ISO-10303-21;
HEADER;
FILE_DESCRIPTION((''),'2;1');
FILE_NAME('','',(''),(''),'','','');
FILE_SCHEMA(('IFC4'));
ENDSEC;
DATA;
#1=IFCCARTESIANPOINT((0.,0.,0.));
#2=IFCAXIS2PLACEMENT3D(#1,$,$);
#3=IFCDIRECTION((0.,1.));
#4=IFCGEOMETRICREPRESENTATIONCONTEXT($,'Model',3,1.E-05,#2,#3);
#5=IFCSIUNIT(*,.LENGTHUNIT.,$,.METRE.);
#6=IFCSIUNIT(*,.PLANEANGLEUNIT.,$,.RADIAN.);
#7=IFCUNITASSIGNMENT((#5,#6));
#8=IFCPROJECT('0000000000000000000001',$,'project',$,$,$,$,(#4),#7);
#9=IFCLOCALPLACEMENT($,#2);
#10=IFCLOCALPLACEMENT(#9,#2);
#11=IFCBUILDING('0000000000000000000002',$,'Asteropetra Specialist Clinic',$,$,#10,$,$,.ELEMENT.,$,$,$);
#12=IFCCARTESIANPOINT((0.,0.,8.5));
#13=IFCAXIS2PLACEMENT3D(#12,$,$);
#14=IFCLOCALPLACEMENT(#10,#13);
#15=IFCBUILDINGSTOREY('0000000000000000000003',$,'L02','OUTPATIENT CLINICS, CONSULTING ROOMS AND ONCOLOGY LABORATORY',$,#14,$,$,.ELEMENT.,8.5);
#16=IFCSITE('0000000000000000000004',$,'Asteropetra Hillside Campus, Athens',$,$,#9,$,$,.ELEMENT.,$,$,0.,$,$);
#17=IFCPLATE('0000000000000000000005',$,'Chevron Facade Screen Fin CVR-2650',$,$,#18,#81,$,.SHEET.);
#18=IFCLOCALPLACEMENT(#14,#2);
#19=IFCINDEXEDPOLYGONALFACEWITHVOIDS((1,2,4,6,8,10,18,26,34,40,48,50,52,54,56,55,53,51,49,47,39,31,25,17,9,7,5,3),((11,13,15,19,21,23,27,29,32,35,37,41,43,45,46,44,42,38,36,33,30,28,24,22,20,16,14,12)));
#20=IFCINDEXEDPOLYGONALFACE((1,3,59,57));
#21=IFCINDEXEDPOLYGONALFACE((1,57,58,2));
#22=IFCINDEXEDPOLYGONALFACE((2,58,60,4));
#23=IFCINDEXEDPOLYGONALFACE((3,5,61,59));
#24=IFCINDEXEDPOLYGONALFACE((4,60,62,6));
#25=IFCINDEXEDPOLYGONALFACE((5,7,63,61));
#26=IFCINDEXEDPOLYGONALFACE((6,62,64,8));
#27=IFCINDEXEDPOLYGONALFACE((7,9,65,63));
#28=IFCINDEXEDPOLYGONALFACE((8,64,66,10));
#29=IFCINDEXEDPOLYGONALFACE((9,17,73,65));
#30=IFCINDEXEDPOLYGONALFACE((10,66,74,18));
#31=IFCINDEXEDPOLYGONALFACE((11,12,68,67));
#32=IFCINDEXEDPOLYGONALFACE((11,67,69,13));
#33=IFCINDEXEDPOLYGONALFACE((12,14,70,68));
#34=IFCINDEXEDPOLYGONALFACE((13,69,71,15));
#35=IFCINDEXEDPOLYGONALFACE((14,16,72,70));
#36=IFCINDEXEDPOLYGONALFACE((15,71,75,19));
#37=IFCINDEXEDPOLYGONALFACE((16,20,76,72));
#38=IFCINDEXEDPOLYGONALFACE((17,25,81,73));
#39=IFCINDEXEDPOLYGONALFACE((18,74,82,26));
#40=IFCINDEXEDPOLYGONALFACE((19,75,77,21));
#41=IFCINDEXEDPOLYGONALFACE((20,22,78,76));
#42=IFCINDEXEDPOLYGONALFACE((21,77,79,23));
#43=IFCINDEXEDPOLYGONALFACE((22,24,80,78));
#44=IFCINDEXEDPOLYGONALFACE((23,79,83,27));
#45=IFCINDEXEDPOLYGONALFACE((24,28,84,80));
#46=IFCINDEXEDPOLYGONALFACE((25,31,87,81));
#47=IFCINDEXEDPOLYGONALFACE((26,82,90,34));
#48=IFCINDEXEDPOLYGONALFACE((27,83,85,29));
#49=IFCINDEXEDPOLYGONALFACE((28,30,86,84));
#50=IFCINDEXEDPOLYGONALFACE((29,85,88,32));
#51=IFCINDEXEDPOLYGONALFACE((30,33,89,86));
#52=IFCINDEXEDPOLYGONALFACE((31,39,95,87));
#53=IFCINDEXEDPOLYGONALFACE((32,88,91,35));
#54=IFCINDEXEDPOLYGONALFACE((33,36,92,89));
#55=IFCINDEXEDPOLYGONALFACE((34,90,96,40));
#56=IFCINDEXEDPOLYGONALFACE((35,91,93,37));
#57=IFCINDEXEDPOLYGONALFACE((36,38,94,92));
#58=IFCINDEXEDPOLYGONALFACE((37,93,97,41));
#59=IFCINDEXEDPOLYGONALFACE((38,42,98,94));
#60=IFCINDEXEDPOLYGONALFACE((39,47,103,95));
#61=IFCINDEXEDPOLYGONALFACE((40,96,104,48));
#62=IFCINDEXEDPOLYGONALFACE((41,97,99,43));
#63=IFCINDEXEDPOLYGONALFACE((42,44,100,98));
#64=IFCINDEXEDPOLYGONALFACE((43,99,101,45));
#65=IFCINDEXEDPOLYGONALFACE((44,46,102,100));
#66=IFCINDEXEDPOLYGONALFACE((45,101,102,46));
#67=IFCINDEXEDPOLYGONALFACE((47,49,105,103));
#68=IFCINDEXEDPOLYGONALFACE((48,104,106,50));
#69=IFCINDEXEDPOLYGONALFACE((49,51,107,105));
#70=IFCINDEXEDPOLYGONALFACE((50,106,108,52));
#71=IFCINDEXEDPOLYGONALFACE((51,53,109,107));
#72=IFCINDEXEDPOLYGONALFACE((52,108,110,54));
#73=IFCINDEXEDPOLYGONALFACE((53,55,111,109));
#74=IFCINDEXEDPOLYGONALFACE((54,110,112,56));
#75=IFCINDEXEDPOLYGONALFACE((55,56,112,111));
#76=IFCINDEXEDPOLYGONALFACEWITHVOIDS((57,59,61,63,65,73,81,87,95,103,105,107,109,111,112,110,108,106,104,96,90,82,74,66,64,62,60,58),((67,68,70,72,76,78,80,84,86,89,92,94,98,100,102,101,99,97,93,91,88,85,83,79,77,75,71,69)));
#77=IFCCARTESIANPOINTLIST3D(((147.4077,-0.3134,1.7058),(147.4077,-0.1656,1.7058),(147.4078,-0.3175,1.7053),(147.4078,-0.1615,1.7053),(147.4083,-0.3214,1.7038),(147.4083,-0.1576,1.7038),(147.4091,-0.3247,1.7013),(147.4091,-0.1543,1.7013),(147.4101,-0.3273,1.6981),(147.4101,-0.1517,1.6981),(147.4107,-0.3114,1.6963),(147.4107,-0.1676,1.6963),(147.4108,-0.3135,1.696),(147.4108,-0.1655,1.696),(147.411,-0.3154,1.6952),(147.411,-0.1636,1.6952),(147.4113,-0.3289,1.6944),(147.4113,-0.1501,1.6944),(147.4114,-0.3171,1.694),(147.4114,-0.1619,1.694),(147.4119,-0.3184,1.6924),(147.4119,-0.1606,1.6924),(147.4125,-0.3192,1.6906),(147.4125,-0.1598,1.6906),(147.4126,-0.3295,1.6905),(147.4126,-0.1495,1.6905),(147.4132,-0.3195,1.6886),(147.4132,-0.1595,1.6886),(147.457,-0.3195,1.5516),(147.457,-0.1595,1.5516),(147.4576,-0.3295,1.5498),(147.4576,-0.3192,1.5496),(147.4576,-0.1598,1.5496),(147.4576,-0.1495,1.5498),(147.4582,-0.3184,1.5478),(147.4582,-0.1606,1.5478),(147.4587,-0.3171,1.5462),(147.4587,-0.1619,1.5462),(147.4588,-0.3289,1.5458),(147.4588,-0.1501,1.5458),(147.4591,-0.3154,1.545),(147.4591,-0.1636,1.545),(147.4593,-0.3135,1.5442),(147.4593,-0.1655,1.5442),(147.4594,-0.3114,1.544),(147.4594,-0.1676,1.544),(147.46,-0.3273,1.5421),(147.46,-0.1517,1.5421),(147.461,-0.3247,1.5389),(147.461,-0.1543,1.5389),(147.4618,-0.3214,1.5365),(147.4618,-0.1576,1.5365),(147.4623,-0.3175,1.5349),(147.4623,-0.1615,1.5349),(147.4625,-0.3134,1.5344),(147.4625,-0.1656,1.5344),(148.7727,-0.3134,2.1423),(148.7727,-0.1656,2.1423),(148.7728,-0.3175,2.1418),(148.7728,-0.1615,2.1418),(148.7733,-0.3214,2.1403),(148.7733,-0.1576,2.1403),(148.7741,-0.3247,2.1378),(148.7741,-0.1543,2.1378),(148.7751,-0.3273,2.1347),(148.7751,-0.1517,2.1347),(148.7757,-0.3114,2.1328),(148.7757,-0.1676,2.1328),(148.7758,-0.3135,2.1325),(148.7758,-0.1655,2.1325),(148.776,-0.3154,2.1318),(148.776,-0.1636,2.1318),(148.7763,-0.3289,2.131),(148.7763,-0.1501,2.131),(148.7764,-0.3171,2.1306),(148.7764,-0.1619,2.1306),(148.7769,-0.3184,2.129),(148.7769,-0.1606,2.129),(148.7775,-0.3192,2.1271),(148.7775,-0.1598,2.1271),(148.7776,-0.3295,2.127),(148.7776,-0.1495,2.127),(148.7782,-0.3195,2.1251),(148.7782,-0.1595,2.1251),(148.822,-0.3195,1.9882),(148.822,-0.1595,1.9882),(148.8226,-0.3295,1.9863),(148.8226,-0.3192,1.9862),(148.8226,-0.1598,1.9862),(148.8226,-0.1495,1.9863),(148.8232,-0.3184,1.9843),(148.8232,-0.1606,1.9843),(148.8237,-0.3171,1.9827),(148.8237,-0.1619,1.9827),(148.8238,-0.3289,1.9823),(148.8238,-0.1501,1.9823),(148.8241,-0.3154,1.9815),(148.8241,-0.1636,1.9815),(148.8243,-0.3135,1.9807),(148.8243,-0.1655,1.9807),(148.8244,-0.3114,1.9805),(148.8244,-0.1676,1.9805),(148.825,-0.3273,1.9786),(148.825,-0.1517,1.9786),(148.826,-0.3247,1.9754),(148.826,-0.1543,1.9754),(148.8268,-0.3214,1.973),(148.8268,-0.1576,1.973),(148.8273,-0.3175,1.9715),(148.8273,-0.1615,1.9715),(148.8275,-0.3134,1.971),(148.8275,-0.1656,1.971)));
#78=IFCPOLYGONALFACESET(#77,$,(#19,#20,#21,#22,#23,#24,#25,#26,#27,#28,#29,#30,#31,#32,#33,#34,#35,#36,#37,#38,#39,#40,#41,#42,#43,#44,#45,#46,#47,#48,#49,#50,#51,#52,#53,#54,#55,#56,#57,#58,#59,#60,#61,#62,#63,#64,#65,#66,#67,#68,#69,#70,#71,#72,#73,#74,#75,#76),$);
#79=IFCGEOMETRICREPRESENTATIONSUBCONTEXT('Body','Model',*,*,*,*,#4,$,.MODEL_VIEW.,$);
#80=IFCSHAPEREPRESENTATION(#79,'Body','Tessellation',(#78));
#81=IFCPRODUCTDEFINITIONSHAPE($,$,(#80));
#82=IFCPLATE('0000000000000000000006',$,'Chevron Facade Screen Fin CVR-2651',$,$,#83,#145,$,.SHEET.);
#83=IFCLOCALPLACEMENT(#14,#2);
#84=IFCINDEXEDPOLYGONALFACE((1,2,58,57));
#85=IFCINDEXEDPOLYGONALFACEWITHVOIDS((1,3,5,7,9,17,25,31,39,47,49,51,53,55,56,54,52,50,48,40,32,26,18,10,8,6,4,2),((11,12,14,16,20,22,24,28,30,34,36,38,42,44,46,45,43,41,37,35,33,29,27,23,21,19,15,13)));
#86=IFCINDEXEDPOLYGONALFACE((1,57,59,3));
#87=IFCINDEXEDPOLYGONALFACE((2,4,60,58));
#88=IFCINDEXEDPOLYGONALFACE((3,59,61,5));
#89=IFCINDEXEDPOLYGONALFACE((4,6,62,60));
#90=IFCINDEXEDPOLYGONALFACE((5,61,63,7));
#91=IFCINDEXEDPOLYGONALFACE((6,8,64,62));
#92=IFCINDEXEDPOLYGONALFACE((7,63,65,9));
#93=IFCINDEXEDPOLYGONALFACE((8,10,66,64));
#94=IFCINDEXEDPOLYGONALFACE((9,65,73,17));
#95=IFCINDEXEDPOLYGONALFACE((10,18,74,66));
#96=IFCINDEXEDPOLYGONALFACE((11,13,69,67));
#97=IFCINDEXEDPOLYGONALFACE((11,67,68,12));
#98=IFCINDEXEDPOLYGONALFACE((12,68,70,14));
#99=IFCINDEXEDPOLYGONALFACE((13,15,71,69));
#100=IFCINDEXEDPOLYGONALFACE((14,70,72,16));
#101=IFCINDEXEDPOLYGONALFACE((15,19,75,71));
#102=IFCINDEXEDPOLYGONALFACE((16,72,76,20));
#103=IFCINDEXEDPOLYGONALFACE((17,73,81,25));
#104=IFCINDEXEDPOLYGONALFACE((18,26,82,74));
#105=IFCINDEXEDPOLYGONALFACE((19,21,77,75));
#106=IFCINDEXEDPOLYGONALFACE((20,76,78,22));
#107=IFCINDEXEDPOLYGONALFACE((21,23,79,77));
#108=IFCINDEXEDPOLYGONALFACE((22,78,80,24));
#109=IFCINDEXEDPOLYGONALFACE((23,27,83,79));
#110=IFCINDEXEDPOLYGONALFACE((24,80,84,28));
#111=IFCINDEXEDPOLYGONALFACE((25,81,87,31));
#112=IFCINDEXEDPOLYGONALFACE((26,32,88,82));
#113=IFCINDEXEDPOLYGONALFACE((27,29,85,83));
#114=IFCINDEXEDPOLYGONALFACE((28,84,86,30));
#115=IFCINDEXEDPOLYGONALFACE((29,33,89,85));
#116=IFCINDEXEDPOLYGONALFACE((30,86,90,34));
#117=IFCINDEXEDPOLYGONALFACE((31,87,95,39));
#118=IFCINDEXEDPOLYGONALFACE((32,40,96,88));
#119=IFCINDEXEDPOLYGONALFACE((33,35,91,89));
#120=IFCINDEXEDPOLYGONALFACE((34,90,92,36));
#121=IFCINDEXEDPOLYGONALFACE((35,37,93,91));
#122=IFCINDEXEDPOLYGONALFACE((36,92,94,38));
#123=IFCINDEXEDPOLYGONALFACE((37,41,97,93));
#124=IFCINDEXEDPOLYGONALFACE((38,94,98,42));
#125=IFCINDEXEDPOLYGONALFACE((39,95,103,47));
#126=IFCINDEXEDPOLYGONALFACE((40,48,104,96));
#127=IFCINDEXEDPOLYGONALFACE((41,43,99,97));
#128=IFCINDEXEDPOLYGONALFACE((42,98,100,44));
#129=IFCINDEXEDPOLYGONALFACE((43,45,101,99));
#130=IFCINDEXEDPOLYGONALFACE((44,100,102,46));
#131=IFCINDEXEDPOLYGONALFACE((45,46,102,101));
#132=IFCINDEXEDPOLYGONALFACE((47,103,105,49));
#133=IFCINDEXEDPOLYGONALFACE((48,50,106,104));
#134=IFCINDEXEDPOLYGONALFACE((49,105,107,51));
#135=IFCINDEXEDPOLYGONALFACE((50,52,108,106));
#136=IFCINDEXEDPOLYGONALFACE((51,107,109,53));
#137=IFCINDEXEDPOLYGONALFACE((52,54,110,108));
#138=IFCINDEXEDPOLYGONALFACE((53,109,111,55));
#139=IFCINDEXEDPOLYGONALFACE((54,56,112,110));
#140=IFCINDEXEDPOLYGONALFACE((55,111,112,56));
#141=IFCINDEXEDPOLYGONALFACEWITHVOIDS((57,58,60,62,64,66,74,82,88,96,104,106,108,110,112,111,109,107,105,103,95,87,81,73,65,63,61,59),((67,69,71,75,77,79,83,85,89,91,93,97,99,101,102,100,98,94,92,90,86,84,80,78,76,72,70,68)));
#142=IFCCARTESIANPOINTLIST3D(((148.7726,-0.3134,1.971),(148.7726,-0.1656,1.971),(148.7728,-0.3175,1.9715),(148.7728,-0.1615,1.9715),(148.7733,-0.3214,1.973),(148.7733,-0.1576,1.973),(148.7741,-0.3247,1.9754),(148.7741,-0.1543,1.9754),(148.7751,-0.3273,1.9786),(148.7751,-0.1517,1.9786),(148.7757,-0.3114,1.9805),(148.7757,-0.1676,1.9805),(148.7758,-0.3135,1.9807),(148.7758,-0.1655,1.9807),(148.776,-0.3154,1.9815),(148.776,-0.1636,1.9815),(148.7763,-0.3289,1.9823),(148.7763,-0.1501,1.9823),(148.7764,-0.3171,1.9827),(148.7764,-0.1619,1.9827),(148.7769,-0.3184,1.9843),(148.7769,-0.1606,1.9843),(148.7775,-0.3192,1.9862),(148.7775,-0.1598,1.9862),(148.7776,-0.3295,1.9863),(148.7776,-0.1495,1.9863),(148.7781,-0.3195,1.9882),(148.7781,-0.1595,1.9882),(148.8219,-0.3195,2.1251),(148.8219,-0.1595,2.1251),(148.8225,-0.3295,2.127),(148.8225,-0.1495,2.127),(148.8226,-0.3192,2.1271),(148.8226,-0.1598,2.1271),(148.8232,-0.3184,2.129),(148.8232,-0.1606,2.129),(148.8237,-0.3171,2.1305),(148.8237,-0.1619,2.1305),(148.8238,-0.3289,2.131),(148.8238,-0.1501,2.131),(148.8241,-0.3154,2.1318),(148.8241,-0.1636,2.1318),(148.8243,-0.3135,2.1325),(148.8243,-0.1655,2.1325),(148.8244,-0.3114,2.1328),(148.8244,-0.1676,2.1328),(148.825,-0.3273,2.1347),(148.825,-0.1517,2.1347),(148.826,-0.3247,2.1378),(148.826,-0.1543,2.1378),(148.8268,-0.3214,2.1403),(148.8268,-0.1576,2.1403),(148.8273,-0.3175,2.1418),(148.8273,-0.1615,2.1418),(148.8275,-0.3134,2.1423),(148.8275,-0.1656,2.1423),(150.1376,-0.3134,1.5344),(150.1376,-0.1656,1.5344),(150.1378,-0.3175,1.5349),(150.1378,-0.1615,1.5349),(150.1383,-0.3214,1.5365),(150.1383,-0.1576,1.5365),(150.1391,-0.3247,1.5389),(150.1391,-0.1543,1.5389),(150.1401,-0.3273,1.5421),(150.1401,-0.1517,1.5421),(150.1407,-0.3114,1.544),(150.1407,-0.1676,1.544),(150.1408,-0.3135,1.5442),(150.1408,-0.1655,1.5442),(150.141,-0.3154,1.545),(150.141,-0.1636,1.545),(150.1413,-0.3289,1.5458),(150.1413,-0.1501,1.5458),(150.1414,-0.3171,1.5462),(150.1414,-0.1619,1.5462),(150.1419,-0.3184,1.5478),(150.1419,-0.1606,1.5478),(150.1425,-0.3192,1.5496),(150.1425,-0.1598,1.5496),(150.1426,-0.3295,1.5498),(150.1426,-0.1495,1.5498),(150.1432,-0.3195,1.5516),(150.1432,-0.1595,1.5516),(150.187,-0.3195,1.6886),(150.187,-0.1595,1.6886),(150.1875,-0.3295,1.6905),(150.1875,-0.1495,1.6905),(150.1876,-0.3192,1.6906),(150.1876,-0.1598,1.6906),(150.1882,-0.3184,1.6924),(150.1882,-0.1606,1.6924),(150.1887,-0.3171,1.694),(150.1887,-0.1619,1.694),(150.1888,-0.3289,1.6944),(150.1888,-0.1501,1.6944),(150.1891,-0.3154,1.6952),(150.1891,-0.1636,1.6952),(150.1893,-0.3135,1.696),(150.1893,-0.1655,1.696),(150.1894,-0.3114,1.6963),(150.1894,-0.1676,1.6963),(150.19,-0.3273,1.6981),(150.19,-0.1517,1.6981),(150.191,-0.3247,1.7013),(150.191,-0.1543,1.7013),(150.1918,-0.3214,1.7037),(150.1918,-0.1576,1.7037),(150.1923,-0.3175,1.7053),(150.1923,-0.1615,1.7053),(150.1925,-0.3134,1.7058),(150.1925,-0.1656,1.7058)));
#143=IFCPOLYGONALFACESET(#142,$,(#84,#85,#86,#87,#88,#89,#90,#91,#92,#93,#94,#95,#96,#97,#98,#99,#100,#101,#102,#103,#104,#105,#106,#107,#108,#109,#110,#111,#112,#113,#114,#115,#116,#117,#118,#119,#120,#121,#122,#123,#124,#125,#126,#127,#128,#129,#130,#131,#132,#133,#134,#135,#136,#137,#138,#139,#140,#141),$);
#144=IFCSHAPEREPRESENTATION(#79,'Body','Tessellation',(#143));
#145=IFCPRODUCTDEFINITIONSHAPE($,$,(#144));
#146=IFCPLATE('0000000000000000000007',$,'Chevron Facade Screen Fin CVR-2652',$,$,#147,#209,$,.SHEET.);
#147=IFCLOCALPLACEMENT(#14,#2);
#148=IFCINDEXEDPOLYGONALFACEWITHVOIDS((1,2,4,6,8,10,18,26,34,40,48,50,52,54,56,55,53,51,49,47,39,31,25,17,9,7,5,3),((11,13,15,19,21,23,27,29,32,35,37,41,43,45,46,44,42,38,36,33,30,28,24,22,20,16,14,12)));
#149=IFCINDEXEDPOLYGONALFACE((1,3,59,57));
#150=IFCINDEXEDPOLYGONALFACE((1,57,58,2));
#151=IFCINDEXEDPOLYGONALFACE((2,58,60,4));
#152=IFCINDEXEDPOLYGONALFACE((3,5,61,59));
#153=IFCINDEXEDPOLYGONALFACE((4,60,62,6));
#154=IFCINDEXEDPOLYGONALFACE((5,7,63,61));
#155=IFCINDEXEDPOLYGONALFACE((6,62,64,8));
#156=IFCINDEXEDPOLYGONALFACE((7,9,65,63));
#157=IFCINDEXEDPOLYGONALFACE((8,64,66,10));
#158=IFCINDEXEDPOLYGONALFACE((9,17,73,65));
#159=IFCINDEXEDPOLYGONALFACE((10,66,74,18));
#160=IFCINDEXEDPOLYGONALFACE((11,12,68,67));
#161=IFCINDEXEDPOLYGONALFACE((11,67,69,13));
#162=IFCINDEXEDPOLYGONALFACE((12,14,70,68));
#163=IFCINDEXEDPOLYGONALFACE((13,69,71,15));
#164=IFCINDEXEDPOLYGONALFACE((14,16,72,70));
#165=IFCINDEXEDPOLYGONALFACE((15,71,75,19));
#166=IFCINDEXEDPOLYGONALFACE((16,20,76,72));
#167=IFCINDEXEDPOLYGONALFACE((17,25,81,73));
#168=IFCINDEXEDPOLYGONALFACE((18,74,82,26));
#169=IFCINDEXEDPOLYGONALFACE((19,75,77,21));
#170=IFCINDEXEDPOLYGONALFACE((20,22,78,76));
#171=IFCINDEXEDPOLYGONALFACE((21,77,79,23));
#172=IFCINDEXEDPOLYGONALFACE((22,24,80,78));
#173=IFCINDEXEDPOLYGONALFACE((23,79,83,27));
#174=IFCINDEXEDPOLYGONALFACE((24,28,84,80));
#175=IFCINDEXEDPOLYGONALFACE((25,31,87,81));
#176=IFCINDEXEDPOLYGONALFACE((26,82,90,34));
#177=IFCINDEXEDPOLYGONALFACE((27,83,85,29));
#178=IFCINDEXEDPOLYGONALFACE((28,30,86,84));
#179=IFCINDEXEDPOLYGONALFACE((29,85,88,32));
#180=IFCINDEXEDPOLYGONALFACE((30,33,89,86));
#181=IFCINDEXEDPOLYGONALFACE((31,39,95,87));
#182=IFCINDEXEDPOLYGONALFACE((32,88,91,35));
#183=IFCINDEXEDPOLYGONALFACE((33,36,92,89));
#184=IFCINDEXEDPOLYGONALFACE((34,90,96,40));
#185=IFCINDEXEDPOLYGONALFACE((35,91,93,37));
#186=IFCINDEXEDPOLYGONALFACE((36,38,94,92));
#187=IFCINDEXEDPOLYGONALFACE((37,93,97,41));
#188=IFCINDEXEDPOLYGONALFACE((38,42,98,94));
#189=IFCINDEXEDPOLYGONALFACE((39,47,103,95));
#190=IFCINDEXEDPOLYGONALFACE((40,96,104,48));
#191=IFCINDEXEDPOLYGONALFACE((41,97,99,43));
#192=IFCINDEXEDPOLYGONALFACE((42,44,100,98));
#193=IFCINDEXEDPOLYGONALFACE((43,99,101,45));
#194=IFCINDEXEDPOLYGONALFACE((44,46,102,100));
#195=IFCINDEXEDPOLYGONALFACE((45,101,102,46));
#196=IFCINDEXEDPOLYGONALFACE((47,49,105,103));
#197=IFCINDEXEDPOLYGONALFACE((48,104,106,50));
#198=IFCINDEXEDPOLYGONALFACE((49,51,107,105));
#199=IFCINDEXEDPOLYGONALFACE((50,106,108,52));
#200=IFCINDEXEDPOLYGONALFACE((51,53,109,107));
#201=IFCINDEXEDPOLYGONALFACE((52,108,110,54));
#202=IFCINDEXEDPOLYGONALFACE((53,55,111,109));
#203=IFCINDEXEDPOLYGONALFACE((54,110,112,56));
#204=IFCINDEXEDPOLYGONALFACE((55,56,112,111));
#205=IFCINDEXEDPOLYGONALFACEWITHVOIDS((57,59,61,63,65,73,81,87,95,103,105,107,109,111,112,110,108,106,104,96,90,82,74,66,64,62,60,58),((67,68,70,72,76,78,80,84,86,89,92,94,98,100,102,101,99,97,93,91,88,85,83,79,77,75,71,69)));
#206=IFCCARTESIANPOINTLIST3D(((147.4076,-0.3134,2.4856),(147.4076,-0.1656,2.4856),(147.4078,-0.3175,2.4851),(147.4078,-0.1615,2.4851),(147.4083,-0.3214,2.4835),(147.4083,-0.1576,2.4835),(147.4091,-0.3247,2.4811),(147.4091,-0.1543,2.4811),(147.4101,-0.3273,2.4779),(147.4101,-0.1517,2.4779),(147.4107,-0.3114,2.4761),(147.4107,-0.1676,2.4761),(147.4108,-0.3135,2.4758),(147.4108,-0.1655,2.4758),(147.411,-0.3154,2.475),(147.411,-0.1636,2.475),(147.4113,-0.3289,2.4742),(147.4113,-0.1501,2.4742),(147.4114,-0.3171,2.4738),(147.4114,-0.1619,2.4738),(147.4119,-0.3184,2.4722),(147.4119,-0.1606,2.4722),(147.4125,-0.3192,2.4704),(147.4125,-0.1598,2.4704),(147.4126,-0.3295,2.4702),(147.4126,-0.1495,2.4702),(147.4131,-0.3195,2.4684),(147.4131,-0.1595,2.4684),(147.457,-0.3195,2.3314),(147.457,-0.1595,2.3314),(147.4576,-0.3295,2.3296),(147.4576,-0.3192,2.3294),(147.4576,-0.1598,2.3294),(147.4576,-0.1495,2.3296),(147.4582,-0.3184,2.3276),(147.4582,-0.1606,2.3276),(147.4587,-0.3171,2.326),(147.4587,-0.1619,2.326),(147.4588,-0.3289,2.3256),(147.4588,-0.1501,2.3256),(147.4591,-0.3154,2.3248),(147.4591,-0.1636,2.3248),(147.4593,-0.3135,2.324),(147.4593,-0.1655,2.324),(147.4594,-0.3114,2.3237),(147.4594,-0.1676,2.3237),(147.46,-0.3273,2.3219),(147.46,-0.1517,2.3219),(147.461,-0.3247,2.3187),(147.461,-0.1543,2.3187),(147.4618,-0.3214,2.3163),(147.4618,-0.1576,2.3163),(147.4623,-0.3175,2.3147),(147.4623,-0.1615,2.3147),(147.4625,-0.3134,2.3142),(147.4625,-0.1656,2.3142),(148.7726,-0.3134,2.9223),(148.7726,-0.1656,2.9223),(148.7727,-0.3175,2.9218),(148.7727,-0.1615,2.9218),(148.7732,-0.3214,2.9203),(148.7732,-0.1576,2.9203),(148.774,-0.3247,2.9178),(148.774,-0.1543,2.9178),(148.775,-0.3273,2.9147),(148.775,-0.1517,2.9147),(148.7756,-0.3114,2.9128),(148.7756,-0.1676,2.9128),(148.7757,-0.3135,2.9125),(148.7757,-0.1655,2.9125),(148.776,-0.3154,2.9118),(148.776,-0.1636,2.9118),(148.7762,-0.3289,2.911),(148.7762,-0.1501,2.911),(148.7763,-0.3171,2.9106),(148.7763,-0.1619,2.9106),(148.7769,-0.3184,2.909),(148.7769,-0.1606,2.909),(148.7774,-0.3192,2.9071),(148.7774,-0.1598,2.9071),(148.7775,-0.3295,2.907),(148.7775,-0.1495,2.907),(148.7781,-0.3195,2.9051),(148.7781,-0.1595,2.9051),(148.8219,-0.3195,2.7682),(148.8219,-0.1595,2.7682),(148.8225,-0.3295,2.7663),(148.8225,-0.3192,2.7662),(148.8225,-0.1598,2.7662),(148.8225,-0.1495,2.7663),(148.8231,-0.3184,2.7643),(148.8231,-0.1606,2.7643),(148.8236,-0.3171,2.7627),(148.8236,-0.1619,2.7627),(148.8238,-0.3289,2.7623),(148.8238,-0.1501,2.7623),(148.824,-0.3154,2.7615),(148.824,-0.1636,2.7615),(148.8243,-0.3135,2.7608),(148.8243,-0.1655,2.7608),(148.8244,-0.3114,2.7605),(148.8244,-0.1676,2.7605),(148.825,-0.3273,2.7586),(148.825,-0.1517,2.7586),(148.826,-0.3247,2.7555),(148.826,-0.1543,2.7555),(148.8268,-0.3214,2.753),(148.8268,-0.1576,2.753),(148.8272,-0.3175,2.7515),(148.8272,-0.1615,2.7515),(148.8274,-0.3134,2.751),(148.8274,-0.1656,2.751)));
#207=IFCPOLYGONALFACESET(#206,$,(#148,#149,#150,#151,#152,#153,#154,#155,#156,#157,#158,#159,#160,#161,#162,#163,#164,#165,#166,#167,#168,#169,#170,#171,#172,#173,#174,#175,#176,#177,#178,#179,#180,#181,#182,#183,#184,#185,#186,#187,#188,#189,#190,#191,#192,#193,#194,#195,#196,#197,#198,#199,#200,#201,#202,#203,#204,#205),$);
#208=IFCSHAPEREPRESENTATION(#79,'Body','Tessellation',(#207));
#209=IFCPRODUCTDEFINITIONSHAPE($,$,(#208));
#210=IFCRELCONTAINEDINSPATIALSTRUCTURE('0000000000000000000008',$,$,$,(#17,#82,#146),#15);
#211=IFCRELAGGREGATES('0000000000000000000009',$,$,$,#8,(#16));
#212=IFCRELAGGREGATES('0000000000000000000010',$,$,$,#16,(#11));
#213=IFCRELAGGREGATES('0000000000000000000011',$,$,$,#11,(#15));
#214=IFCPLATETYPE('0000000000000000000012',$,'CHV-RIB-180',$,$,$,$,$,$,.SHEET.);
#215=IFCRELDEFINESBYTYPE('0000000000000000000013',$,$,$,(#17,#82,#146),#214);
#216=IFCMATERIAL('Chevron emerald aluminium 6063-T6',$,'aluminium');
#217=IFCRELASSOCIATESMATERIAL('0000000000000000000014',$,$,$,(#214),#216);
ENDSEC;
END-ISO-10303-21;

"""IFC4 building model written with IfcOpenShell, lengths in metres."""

from ifc_helpers import new_model, si_unit, direction, frame, origin, origin_2d, place, context, subcontext, project, spatial, hollow_rectangle, extrude, material, material_profile, profile_set, type_object, element, save


model = new_model("IFC4")

# Units and contexts
model_context = context("Model", 3, precision=1e-05, world=origin(), true_north=direction((0.0, 1.0)))
body_context = subcontext(model_context, "Body", "Model", "MODEL_VIEW")
ifc_project = project(units=[si_unit("LENGTHUNIT", "METRE"), si_unit("PLANEANGLEUNIT", "RADIAN")], contexts=[model_context])

# Site, building, storey
site_placement = place(None, origin())
site = spatial("IfcSite", under=ifc_project, at=site_placement, Name="Asteropetra Hillside Campus, Athens", CompositionType="ELEMENT", RefElevation=0.0)
building_placement = place(site_placement, origin())
building = spatial("IfcBuilding", under=site, at=building_placement, Name="Asteropetra Specialist Clinic", CompositionType="ELEMENT")
storey_placement = place(building_placement, frame((0.0, 0.0, 8.5)))
storey = spatial("IfcBuildingStorey", under=building, at=storey_placement, Name="L02", Description="OUTPATIENT CLINICS, CONSULTING ROOMS AND ONCOLOGY LABORATORY", CompositionType="ELEMENT", Elevation=8.5)

# Plates
ifc_material_1 = material(Name="Chevron emerald aluminium 6063-T6", Category="aluminium")
ifc_material_profile_1 = material_profile(ifc_material_1, hollow_rectangle(XDim=0.1799, YDim=0.1799, WallThickness=0.01, InnerFilletRadius=0.0081, OuterFilletRadius=0.0161, at=origin_2d()), Name="SHS 180x180x10.0")
ifc_profile_set_1 = profile_set([ifc_material_profile_1], Name="Chevron emerald aluminium 6063-T6")
plate_type = type_object("IfcPlateType", Name="CHV-RIB-180", PredefinedType="SHEET", material=ifc_profile_set_1)
for number, where, z_axis, x_axis, name in (
    (1, (147.4351, -0.2395, 1.6201), (0.95248, 0.0, 0.304603), (0.0, 1.0, 0.0), "Chevron Facade Screen Fin CVR-2650"),
    (2, (148.8, -0.2395, 2.0566), (0.95248, 0.0, -0.304603), (0.0, 1.0, 0.0), "Chevron Facade Screen Fin CVR-2651"),
    (3, (147.4351, -0.2395, 2.3999), (0.95243, 0.0, 0.304757), (0.0, 1.0, 0.0), "Chevron Facade Screen Fin CVR-2652"),
):
    element("IfcPlate", number, at=place(storey_placement, frame(where, z_axis=z_axis, x_axis=x_axis)), inside=storey, type_object=plate_type, Name=name, PredefinedType="SHEET", context=body_context, shape_type="SweptSolid", body=[
        extrude(hollow_rectangle(XDim=0.1799, YDim=0.1799, WallThickness=0.01, InnerFilletRadius=0.0081, OuterFilletRadius=0.0161, at=origin_2d()), origin(), (0.0, 0.0, 1.0), 1.4331),
    ])

save(model, "model.ifc")
